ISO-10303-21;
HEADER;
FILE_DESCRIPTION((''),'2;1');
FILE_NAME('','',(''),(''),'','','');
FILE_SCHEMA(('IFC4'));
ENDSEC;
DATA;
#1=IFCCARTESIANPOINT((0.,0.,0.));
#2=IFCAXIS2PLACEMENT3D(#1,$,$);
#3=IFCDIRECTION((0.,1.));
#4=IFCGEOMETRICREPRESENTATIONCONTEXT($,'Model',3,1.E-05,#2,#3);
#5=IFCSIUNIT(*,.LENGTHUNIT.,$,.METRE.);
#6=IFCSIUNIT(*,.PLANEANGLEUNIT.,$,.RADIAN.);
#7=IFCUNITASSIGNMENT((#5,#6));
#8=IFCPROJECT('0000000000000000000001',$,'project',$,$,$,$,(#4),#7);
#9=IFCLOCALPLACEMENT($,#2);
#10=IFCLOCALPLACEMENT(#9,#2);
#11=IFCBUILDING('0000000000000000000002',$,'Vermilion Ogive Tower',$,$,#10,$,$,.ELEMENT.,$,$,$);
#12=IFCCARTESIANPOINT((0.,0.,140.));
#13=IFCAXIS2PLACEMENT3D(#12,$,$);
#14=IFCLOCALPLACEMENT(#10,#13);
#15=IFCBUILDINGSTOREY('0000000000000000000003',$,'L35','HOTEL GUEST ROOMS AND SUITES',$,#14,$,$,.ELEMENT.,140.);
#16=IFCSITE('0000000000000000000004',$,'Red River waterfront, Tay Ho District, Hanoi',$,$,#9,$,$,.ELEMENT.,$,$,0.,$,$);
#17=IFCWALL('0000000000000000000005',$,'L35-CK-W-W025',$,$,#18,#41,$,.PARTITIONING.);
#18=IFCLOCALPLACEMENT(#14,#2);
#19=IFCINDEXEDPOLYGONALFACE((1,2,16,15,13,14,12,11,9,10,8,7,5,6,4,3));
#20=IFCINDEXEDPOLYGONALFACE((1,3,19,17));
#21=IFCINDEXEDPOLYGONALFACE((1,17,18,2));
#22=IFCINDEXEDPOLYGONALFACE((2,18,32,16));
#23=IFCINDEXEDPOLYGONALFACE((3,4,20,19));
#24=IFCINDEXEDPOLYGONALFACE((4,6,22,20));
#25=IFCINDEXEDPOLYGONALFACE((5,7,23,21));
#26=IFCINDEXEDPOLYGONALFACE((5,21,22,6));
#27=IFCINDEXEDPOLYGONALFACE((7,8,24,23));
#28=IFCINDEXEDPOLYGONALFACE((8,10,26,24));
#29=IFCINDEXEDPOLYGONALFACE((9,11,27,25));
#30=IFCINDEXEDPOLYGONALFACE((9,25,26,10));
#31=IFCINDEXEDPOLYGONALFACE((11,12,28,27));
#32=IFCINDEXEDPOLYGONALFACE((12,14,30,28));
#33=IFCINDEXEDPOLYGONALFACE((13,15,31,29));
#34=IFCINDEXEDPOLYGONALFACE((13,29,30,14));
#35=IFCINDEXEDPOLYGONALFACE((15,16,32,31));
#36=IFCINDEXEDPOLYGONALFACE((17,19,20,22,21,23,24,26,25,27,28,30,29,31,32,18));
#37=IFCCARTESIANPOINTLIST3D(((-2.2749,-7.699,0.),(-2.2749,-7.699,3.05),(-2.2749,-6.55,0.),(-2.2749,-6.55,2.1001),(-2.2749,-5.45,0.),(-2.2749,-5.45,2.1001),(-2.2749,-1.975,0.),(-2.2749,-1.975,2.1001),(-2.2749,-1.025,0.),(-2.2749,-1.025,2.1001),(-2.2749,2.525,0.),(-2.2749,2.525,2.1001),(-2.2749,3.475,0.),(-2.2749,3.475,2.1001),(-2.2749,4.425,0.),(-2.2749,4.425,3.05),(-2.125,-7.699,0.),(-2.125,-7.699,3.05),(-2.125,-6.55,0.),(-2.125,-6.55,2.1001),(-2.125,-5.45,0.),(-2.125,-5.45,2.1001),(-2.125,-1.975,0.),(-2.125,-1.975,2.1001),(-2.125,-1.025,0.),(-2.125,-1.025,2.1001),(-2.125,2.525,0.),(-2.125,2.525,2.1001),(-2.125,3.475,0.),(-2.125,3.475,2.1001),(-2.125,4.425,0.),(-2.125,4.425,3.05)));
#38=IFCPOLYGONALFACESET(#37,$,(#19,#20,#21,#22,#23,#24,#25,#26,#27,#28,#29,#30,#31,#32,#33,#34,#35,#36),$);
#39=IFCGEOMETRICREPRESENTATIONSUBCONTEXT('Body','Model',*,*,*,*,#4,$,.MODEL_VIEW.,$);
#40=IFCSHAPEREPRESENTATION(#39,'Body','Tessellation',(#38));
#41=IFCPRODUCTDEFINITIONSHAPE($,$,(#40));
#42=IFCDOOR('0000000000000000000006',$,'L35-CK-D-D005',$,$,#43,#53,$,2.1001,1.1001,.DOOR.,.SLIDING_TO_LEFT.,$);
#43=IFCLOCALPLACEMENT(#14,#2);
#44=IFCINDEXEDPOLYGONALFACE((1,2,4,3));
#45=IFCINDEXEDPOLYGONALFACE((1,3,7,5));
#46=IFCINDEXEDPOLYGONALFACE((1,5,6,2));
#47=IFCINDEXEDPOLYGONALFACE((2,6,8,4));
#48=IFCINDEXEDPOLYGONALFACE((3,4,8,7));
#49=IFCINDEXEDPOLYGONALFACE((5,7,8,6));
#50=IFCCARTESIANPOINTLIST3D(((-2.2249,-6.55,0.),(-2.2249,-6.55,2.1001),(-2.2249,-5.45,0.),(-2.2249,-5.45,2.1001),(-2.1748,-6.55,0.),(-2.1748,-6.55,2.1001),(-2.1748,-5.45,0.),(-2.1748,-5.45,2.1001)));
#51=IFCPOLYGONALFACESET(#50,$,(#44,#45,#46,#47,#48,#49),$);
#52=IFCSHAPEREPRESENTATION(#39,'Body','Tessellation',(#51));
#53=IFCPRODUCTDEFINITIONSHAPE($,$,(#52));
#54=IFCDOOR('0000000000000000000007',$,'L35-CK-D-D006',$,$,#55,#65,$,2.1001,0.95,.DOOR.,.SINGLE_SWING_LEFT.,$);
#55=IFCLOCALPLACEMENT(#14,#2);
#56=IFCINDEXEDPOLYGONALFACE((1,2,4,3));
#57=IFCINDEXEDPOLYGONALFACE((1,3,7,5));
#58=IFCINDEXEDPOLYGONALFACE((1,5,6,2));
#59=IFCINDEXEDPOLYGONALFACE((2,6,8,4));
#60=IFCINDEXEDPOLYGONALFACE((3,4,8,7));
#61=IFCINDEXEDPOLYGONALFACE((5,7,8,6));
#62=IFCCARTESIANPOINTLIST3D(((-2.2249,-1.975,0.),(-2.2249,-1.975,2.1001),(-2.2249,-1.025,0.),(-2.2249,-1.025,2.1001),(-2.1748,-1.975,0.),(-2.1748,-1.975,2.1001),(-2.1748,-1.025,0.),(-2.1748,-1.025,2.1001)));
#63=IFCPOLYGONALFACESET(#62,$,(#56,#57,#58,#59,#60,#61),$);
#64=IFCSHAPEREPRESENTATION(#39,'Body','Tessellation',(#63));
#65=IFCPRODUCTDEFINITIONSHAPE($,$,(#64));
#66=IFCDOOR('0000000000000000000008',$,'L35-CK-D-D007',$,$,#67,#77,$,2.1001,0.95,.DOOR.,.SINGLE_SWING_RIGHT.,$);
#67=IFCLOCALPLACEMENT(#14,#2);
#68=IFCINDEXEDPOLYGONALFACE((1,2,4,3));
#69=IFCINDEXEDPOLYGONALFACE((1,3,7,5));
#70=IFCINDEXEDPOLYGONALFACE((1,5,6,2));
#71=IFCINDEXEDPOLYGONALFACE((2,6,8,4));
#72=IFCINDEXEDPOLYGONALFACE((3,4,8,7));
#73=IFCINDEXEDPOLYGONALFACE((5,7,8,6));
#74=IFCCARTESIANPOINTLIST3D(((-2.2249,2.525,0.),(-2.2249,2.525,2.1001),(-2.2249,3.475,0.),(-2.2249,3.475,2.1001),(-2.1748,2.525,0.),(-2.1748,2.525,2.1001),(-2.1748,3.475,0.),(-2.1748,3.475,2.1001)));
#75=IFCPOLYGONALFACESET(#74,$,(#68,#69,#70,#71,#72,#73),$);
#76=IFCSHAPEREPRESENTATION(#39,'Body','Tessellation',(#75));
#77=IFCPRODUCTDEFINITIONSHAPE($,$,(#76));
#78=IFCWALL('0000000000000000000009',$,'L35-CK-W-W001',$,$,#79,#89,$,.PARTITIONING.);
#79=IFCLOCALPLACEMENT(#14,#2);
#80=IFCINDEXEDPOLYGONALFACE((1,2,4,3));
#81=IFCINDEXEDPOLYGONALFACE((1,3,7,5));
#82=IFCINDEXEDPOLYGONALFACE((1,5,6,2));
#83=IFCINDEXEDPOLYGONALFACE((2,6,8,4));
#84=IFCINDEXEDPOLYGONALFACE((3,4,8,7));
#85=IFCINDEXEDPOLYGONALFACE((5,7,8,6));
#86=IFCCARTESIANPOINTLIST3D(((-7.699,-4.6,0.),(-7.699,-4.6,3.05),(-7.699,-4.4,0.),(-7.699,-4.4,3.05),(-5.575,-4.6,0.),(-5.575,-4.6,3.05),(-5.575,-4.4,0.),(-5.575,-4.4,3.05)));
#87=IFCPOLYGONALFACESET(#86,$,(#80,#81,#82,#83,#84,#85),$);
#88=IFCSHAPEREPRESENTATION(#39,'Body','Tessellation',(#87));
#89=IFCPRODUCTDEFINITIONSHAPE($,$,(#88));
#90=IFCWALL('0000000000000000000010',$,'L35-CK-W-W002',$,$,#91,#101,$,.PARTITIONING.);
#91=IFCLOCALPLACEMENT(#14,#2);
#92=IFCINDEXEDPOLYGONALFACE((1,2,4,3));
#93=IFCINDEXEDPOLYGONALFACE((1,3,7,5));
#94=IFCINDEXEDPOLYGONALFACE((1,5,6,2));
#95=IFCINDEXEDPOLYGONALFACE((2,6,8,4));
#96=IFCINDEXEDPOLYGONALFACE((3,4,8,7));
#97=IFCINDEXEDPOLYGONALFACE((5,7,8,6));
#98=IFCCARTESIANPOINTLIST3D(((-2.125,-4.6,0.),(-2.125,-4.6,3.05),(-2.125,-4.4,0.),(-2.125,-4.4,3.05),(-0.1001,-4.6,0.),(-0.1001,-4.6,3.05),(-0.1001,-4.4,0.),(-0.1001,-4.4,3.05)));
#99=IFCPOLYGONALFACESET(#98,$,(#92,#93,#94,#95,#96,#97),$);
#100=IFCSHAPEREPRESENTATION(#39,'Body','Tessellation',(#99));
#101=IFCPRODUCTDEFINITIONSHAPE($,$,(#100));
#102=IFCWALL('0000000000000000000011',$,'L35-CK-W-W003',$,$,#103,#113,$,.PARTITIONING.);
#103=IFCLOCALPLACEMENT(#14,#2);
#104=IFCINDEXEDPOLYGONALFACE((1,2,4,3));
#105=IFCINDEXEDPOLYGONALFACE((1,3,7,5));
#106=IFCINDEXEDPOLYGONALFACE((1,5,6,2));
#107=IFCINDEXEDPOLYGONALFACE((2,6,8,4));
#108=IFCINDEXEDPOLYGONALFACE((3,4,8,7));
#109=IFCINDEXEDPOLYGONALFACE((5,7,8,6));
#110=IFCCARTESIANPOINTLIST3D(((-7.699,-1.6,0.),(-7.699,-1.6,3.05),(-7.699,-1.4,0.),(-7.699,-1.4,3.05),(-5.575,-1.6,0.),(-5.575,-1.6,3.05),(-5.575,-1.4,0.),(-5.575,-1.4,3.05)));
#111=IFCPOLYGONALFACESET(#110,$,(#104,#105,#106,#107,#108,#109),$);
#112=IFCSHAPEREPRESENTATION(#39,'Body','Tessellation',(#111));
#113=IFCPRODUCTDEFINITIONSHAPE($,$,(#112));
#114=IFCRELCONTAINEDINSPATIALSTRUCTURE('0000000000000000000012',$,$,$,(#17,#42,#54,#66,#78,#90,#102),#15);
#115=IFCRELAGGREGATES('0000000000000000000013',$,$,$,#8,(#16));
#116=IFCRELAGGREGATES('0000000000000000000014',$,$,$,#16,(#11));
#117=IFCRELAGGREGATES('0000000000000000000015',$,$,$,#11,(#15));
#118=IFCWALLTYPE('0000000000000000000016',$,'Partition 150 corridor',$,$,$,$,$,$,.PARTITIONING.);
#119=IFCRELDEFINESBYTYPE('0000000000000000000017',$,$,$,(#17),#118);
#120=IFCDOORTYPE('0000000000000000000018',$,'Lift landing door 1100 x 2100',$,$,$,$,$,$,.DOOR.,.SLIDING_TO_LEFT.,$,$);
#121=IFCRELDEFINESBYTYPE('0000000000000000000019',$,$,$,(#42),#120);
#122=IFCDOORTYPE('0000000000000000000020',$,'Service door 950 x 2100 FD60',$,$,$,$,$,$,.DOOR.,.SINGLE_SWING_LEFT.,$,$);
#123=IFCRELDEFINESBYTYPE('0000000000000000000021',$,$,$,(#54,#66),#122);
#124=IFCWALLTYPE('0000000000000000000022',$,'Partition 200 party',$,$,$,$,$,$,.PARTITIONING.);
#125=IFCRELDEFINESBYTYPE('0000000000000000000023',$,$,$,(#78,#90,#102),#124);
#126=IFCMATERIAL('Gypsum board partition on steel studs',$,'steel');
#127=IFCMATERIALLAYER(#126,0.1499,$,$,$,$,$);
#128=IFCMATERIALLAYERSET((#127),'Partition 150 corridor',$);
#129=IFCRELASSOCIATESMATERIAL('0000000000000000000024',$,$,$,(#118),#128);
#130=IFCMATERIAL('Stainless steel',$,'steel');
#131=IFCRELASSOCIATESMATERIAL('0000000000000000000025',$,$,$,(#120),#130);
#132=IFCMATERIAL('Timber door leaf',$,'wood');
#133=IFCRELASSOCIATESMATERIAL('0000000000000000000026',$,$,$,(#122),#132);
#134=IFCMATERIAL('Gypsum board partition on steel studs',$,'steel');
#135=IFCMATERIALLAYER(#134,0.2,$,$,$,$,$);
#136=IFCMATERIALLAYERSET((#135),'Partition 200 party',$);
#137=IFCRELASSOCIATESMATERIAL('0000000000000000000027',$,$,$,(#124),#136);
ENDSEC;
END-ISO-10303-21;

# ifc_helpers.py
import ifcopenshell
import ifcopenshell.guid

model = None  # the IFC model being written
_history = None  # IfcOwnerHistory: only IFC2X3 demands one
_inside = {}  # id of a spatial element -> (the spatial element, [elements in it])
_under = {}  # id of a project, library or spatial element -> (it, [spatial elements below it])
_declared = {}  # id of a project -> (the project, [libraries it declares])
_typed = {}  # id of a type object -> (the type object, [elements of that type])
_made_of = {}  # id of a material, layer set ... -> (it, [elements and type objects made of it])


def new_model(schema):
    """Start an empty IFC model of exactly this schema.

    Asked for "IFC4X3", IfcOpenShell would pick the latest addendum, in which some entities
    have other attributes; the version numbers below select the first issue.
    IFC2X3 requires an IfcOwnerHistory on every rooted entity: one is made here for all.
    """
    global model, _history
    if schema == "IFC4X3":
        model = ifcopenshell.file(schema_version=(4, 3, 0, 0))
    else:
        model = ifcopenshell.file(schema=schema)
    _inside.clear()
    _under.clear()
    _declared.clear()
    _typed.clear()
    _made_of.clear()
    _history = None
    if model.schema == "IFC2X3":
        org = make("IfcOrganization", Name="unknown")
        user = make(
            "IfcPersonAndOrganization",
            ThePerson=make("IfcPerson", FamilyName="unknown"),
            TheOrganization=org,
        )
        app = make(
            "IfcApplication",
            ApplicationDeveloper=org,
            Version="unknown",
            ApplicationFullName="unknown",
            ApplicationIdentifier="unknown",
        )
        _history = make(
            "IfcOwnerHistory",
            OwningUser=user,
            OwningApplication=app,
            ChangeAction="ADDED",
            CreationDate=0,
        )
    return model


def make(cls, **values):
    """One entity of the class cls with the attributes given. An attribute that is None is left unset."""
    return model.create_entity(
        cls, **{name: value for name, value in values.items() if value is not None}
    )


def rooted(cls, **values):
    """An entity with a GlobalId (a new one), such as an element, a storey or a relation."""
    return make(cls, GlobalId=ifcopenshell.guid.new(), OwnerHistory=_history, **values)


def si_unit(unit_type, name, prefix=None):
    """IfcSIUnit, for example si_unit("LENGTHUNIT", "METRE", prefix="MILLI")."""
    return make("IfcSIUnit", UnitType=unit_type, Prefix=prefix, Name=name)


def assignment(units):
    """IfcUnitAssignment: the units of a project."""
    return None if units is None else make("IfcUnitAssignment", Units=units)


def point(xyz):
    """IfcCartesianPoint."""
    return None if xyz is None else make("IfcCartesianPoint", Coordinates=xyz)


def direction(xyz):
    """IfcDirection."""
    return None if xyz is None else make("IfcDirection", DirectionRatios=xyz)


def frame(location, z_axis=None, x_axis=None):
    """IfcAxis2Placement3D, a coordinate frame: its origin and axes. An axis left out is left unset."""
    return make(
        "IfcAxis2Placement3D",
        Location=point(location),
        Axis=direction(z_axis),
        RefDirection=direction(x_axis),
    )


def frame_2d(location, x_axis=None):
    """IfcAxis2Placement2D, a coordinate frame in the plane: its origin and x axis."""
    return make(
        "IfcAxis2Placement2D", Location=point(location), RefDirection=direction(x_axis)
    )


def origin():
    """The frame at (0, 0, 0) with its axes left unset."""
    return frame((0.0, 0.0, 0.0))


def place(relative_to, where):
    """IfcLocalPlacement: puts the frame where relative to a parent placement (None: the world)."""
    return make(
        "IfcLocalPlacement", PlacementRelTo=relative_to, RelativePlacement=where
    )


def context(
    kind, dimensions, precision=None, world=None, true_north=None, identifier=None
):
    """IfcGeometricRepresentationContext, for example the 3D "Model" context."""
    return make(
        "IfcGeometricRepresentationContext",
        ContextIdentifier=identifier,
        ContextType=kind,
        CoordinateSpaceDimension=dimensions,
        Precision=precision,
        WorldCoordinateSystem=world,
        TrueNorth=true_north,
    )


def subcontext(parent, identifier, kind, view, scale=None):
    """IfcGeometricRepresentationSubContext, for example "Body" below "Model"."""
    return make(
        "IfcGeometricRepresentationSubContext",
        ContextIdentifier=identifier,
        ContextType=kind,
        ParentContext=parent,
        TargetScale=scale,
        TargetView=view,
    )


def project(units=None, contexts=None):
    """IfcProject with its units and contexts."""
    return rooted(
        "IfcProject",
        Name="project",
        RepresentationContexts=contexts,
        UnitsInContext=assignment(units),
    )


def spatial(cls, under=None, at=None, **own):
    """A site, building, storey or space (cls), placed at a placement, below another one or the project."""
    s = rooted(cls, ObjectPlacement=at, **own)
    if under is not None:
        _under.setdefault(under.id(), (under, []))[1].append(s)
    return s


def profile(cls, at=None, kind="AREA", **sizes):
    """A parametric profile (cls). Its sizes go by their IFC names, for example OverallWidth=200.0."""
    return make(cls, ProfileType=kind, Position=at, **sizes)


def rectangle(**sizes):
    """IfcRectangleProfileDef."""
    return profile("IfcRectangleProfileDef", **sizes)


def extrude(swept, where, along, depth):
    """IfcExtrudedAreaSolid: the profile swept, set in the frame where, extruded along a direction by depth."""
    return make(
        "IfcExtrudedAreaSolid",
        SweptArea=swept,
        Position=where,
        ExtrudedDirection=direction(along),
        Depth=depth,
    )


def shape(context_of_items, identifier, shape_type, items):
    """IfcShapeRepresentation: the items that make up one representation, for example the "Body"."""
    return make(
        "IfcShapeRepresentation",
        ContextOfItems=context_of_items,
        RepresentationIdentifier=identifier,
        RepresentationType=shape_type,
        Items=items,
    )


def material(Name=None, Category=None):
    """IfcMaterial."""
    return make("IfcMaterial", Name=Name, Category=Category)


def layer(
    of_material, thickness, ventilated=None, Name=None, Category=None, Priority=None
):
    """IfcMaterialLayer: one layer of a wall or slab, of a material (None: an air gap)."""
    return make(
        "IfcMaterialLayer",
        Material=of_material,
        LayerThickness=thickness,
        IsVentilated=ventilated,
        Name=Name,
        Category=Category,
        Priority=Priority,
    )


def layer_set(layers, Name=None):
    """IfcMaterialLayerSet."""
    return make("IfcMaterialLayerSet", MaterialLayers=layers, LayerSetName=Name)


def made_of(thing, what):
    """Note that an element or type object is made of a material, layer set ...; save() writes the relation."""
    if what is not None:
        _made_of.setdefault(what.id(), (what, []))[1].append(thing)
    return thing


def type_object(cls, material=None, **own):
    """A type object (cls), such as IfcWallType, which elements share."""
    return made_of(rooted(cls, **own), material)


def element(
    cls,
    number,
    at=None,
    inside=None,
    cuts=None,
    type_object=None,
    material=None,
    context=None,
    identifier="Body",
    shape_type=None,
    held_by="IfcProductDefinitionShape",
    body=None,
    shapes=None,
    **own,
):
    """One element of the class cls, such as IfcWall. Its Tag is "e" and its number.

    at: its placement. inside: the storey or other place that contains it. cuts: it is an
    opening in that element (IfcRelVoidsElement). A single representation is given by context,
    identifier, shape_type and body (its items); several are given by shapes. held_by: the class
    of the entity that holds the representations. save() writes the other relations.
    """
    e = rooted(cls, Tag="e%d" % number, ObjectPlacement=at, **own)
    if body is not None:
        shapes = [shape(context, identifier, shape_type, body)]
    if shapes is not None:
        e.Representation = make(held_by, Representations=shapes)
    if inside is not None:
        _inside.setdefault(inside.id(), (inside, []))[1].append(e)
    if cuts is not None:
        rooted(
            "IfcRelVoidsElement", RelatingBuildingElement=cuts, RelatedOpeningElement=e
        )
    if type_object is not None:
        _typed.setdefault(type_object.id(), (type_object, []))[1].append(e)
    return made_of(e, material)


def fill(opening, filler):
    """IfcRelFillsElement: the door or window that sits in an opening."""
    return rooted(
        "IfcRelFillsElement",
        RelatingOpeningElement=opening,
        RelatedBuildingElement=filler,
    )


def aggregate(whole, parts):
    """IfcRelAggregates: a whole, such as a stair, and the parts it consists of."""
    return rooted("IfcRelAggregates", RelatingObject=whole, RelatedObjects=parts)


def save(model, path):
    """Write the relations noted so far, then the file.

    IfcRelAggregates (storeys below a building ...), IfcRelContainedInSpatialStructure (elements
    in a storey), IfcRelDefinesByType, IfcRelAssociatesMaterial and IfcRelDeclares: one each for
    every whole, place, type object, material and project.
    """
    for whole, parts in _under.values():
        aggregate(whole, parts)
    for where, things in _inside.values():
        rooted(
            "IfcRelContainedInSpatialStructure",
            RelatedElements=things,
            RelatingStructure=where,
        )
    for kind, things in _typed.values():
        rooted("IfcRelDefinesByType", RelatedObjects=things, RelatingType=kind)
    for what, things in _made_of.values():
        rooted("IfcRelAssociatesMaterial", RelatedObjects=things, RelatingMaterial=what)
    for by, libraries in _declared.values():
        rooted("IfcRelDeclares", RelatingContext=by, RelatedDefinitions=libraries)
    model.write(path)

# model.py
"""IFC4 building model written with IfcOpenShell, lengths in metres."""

from ifc_helpers import new_model, si_unit, direction, frame, frame_2d, origin, place, context, subcontext, project, spatial, rectangle, extrude, material, layer, layer_set, type_object, element, fill, save


model = new_model("IFC4")

# Units and contexts
model_context = context("Model", 3, precision=1e-05, world=origin(), true_north=direction((0.0, 1.0)))
body_context = subcontext(model_context, "Body", "Model", "MODEL_VIEW")
ifc_project = project(units=[si_unit("LENGTHUNIT", "METRE"), si_unit("PLANEANGLEUNIT", "RADIAN")], contexts=[model_context])

# Site, building, storey
site_placement = place(None, origin())
site = spatial("IfcSite", under=ifc_project, at=site_placement, Name="Red River waterfront, Tay Ho District, Hanoi", CompositionType="ELEMENT", RefElevation=0.0)
building_placement = place(site_placement, origin())
building = spatial("IfcBuilding", under=site, at=building_placement, Name="Vermilion Ogive Tower", CompositionType="ELEMENT")
storey_placement = place(building_placement, frame((0.0, 0.0, 140.0)))
storey = spatial("IfcBuildingStorey", under=building, at=storey_placement, Name="L35", Description="HOTEL GUEST ROOMS AND SUITES", CompositionType="ELEMENT", Elevation=140.0)

# Wall, openings, doors
ifc_material_1 = material(Name="Gypsum board partition on steel studs", Category="steel")
ifc_layer_1 = layer(ifc_material_1, 0.1499)
ifc_layer_set_1 = layer_set([ifc_layer_1], Name="Partition 150 corridor")
wall_type_1 = type_object("IfcWallType", Name="Partition 150 corridor", PredefinedType="PARTITIONING", material=ifc_layer_set_1)
ifc_material_2 = material(Name="Stainless steel", Category="steel")
door_type_1 = type_object("IfcDoorType", Name="Lift landing door 1100 x 2100", OperationType="SLIDING_TO_LEFT", PredefinedType="DOOR", material=ifc_material_2)
wall_1_placement = place(storey_placement, frame((-2.2, -7.699, 0.0), z_axis=(0.0, 0.0, 1.0), x_axis=(0.0, 1.0, 0.0)))
wall_1 = element("IfcWall", 1, at=wall_1_placement, inside=storey, type_object=wall_type_1, Name="L35-CK-W-W025", PredefinedType="PARTITIONING", context=body_context, shape_type="SweptSolid", body=[
    extrude(rectangle(XDim=12.124, YDim=0.1499, at=frame_2d((6.062, 0.0))), origin(), (0.0, 0.0, 1.0), 3.05),
])
opening_1_placement = place(wall_1_placement, frame((1.1489, 0.0, 0.0)))
opening_1 = element("IfcOpeningElement", 2, at=opening_1_placement, cuts=wall_1, PredefinedType="OPENING", context=body_context, shape_type="SweptSolid", body=[
    extrude(rectangle(XDim=1.1001, YDim=2.1001, at=frame_2d((0.55, 1.05))), frame((0.0, 0.085, 0.0), z_axis=(0.0, -1.0, 0.0), x_axis=(1.0, 0.0, 0.0)), (0.0, 0.0, 1.0), 0.1699),
])
opening_2_placement = place(wall_1_placement, frame((5.7239, 0.0, 0.0)))
opening_2 = element("IfcOpeningElement", 3, at=opening_2_placement, cuts=wall_1, PredefinedType="OPENING", context=body_context, shape_type="SweptSolid", body=[
    extrude(rectangle(XDim=0.95, YDim=2.1001, at=frame_2d((0.4751, 1.05))), frame((0.0, 0.085, 0.0), z_axis=(0.0, -1.0, 0.0), x_axis=(1.0, 0.0, 0.0)), (0.0, 0.0, 1.0), 0.1699),
])
opening_3_placement = place(wall_1_placement, frame((10.2239, 0.0, 0.0)))
opening_3 = element("IfcOpeningElement", 4, at=opening_3_placement, cuts=wall_1, PredefinedType="OPENING", context=body_context, shape_type="SweptSolid", body=[
    extrude(rectangle(XDim=0.95, YDim=2.1001, at=frame_2d((0.4751, 1.05))), frame((0.0, 0.085, 0.0), z_axis=(0.0, -1.0, 0.0), x_axis=(1.0, 0.0, 0.0)), (0.0, 0.0, 1.0), 0.1699),
])
door_1_placement = place(opening_1_placement, origin())
door_1 = element("IfcDoor", 5, at=door_1_placement, inside=storey, type_object=door_type_1, Name="L35-CK-D-D005", OperationType="SLIDING_TO_LEFT", OverallHeight=2.1001, OverallWidth=1.1001, PredefinedType="DOOR", context=body_context, shape_type="SweptSolid", body=[
    extrude(rectangle(XDim=1.1001, YDim=2.1001, at=frame_2d((0.55, 1.05))), frame((0.0, 0.0249, 0.0), z_axis=(0.0, -1.0, 0.0), x_axis=(1.0, 0.0, 0.0)), (0.0, 0.0, 1.0), 0.05),
])
fill(opening_1, door_1)
ifc_material_3 = material(Name="Timber door leaf", Category="wood")
door_type_2 = type_object("IfcDoorType", Name="Service door 950 x 2100 FD60", OperationType="SINGLE_SWING_LEFT", PredefinedType="DOOR", material=ifc_material_3)
door_2_placement = place(opening_2_placement, origin())
door_2 = element("IfcDoor", 6, at=door_2_placement, inside=storey, type_object=door_type_2, Name="L35-CK-D-D006", OperationType="SINGLE_SWING_LEFT", OverallHeight=2.1001, OverallWidth=0.95, PredefinedType="DOOR", context=body_context, shape_type="SweptSolid", body=[
    extrude(rectangle(XDim=0.95, YDim=2.1001, at=frame_2d((0.4751, 1.05))), frame((0.0, 0.0249, 0.0), z_axis=(0.0, -1.0, 0.0), x_axis=(1.0, 0.0, 0.0)), (0.0, 0.0, 1.0), 0.05),
])
fill(opening_2, door_2)
door_3_placement = place(opening_3_placement, origin())
door_3 = element("IfcDoor", 7, at=door_3_placement, inside=storey, type_object=door_type_2, Name="L35-CK-D-D007", OperationType="SINGLE_SWING_RIGHT", OverallHeight=2.1001, OverallWidth=0.95, PredefinedType="DOOR", context=body_context, shape_type="SweptSolid", body=[
    extrude(rectangle(XDim=0.95, YDim=2.1001, at=frame_2d((0.4751, 1.05))), frame((0.0, 0.0249, 0.0), z_axis=(0.0, -1.0, 0.0), x_axis=(1.0, 0.0, 0.0)), (0.0, 0.0, 1.0), 0.05),
])
fill(opening_3, door_3)

# Walls
ifc_material_4 = material(Name="Gypsum board partition on steel studs", Category="steel")
ifc_layer_2 = layer(ifc_material_4, 0.2)
ifc_layer_set_2 = layer_set([ifc_layer_2], Name="Partition 200 party")
wall_type_2 = type_object("IfcWallType", Name="Partition 200 party", PredefinedType="PARTITIONING", material=ifc_layer_set_2)
wall_2_placement = place(storey_placement, frame((-7.699, -4.5, 0.0), z_axis=(0.0, 0.0, 1.0), x_axis=(1.0, 0.0, 0.0)))
element("IfcWall", 8, at=wall_2_placement, inside=storey, type_object=wall_type_2, Name="L35-CK-W-W001", PredefinedType="PARTITIONING", context=body_context, shape_type="SweptSolid", body=[
    extrude(rectangle(XDim=2.124, YDim=0.2, at=frame_2d((1.062, 0.0))), origin(), (0.0, 0.0, 1.0), 3.05),
])
wall_3_placement = place(storey_placement, frame((-2.125, -4.5, 0.0), z_axis=(0.0, 0.0, 1.0), x_axis=(1.0, 0.0, 0.0)))
element("IfcWall", 9, at=wall_3_placement, inside=storey, type_object=wall_type_2, Name="L35-CK-W-W002", PredefinedType="PARTITIONING", context=body_context, shape_type="SweptSolid", body=[
    extrude(rectangle(XDim=2.0249, YDim=0.2, at=frame_2d((1.0125, 0.0))), origin(), (0.0, 0.0, 1.0), 3.05),
])
wall_4_placement = place(storey_placement, frame((-7.699, -1.5, 0.0), z_axis=(0.0, 0.0, 1.0), x_axis=(1.0, 0.0, 0.0)))
element("IfcWall", 10, at=wall_4_placement, inside=storey, type_object=wall_type_2, Name="L35-CK-W-W003", PredefinedType="PARTITIONING", context=body_context, shape_type="SweptSolid", body=[
    extrude(rectangle(XDim=2.124, YDim=0.2, at=frame_2d((1.062, 0.0))), origin(), (0.0, 0.0, 1.0), 3.05),
])

save(model, "model.ifc")
